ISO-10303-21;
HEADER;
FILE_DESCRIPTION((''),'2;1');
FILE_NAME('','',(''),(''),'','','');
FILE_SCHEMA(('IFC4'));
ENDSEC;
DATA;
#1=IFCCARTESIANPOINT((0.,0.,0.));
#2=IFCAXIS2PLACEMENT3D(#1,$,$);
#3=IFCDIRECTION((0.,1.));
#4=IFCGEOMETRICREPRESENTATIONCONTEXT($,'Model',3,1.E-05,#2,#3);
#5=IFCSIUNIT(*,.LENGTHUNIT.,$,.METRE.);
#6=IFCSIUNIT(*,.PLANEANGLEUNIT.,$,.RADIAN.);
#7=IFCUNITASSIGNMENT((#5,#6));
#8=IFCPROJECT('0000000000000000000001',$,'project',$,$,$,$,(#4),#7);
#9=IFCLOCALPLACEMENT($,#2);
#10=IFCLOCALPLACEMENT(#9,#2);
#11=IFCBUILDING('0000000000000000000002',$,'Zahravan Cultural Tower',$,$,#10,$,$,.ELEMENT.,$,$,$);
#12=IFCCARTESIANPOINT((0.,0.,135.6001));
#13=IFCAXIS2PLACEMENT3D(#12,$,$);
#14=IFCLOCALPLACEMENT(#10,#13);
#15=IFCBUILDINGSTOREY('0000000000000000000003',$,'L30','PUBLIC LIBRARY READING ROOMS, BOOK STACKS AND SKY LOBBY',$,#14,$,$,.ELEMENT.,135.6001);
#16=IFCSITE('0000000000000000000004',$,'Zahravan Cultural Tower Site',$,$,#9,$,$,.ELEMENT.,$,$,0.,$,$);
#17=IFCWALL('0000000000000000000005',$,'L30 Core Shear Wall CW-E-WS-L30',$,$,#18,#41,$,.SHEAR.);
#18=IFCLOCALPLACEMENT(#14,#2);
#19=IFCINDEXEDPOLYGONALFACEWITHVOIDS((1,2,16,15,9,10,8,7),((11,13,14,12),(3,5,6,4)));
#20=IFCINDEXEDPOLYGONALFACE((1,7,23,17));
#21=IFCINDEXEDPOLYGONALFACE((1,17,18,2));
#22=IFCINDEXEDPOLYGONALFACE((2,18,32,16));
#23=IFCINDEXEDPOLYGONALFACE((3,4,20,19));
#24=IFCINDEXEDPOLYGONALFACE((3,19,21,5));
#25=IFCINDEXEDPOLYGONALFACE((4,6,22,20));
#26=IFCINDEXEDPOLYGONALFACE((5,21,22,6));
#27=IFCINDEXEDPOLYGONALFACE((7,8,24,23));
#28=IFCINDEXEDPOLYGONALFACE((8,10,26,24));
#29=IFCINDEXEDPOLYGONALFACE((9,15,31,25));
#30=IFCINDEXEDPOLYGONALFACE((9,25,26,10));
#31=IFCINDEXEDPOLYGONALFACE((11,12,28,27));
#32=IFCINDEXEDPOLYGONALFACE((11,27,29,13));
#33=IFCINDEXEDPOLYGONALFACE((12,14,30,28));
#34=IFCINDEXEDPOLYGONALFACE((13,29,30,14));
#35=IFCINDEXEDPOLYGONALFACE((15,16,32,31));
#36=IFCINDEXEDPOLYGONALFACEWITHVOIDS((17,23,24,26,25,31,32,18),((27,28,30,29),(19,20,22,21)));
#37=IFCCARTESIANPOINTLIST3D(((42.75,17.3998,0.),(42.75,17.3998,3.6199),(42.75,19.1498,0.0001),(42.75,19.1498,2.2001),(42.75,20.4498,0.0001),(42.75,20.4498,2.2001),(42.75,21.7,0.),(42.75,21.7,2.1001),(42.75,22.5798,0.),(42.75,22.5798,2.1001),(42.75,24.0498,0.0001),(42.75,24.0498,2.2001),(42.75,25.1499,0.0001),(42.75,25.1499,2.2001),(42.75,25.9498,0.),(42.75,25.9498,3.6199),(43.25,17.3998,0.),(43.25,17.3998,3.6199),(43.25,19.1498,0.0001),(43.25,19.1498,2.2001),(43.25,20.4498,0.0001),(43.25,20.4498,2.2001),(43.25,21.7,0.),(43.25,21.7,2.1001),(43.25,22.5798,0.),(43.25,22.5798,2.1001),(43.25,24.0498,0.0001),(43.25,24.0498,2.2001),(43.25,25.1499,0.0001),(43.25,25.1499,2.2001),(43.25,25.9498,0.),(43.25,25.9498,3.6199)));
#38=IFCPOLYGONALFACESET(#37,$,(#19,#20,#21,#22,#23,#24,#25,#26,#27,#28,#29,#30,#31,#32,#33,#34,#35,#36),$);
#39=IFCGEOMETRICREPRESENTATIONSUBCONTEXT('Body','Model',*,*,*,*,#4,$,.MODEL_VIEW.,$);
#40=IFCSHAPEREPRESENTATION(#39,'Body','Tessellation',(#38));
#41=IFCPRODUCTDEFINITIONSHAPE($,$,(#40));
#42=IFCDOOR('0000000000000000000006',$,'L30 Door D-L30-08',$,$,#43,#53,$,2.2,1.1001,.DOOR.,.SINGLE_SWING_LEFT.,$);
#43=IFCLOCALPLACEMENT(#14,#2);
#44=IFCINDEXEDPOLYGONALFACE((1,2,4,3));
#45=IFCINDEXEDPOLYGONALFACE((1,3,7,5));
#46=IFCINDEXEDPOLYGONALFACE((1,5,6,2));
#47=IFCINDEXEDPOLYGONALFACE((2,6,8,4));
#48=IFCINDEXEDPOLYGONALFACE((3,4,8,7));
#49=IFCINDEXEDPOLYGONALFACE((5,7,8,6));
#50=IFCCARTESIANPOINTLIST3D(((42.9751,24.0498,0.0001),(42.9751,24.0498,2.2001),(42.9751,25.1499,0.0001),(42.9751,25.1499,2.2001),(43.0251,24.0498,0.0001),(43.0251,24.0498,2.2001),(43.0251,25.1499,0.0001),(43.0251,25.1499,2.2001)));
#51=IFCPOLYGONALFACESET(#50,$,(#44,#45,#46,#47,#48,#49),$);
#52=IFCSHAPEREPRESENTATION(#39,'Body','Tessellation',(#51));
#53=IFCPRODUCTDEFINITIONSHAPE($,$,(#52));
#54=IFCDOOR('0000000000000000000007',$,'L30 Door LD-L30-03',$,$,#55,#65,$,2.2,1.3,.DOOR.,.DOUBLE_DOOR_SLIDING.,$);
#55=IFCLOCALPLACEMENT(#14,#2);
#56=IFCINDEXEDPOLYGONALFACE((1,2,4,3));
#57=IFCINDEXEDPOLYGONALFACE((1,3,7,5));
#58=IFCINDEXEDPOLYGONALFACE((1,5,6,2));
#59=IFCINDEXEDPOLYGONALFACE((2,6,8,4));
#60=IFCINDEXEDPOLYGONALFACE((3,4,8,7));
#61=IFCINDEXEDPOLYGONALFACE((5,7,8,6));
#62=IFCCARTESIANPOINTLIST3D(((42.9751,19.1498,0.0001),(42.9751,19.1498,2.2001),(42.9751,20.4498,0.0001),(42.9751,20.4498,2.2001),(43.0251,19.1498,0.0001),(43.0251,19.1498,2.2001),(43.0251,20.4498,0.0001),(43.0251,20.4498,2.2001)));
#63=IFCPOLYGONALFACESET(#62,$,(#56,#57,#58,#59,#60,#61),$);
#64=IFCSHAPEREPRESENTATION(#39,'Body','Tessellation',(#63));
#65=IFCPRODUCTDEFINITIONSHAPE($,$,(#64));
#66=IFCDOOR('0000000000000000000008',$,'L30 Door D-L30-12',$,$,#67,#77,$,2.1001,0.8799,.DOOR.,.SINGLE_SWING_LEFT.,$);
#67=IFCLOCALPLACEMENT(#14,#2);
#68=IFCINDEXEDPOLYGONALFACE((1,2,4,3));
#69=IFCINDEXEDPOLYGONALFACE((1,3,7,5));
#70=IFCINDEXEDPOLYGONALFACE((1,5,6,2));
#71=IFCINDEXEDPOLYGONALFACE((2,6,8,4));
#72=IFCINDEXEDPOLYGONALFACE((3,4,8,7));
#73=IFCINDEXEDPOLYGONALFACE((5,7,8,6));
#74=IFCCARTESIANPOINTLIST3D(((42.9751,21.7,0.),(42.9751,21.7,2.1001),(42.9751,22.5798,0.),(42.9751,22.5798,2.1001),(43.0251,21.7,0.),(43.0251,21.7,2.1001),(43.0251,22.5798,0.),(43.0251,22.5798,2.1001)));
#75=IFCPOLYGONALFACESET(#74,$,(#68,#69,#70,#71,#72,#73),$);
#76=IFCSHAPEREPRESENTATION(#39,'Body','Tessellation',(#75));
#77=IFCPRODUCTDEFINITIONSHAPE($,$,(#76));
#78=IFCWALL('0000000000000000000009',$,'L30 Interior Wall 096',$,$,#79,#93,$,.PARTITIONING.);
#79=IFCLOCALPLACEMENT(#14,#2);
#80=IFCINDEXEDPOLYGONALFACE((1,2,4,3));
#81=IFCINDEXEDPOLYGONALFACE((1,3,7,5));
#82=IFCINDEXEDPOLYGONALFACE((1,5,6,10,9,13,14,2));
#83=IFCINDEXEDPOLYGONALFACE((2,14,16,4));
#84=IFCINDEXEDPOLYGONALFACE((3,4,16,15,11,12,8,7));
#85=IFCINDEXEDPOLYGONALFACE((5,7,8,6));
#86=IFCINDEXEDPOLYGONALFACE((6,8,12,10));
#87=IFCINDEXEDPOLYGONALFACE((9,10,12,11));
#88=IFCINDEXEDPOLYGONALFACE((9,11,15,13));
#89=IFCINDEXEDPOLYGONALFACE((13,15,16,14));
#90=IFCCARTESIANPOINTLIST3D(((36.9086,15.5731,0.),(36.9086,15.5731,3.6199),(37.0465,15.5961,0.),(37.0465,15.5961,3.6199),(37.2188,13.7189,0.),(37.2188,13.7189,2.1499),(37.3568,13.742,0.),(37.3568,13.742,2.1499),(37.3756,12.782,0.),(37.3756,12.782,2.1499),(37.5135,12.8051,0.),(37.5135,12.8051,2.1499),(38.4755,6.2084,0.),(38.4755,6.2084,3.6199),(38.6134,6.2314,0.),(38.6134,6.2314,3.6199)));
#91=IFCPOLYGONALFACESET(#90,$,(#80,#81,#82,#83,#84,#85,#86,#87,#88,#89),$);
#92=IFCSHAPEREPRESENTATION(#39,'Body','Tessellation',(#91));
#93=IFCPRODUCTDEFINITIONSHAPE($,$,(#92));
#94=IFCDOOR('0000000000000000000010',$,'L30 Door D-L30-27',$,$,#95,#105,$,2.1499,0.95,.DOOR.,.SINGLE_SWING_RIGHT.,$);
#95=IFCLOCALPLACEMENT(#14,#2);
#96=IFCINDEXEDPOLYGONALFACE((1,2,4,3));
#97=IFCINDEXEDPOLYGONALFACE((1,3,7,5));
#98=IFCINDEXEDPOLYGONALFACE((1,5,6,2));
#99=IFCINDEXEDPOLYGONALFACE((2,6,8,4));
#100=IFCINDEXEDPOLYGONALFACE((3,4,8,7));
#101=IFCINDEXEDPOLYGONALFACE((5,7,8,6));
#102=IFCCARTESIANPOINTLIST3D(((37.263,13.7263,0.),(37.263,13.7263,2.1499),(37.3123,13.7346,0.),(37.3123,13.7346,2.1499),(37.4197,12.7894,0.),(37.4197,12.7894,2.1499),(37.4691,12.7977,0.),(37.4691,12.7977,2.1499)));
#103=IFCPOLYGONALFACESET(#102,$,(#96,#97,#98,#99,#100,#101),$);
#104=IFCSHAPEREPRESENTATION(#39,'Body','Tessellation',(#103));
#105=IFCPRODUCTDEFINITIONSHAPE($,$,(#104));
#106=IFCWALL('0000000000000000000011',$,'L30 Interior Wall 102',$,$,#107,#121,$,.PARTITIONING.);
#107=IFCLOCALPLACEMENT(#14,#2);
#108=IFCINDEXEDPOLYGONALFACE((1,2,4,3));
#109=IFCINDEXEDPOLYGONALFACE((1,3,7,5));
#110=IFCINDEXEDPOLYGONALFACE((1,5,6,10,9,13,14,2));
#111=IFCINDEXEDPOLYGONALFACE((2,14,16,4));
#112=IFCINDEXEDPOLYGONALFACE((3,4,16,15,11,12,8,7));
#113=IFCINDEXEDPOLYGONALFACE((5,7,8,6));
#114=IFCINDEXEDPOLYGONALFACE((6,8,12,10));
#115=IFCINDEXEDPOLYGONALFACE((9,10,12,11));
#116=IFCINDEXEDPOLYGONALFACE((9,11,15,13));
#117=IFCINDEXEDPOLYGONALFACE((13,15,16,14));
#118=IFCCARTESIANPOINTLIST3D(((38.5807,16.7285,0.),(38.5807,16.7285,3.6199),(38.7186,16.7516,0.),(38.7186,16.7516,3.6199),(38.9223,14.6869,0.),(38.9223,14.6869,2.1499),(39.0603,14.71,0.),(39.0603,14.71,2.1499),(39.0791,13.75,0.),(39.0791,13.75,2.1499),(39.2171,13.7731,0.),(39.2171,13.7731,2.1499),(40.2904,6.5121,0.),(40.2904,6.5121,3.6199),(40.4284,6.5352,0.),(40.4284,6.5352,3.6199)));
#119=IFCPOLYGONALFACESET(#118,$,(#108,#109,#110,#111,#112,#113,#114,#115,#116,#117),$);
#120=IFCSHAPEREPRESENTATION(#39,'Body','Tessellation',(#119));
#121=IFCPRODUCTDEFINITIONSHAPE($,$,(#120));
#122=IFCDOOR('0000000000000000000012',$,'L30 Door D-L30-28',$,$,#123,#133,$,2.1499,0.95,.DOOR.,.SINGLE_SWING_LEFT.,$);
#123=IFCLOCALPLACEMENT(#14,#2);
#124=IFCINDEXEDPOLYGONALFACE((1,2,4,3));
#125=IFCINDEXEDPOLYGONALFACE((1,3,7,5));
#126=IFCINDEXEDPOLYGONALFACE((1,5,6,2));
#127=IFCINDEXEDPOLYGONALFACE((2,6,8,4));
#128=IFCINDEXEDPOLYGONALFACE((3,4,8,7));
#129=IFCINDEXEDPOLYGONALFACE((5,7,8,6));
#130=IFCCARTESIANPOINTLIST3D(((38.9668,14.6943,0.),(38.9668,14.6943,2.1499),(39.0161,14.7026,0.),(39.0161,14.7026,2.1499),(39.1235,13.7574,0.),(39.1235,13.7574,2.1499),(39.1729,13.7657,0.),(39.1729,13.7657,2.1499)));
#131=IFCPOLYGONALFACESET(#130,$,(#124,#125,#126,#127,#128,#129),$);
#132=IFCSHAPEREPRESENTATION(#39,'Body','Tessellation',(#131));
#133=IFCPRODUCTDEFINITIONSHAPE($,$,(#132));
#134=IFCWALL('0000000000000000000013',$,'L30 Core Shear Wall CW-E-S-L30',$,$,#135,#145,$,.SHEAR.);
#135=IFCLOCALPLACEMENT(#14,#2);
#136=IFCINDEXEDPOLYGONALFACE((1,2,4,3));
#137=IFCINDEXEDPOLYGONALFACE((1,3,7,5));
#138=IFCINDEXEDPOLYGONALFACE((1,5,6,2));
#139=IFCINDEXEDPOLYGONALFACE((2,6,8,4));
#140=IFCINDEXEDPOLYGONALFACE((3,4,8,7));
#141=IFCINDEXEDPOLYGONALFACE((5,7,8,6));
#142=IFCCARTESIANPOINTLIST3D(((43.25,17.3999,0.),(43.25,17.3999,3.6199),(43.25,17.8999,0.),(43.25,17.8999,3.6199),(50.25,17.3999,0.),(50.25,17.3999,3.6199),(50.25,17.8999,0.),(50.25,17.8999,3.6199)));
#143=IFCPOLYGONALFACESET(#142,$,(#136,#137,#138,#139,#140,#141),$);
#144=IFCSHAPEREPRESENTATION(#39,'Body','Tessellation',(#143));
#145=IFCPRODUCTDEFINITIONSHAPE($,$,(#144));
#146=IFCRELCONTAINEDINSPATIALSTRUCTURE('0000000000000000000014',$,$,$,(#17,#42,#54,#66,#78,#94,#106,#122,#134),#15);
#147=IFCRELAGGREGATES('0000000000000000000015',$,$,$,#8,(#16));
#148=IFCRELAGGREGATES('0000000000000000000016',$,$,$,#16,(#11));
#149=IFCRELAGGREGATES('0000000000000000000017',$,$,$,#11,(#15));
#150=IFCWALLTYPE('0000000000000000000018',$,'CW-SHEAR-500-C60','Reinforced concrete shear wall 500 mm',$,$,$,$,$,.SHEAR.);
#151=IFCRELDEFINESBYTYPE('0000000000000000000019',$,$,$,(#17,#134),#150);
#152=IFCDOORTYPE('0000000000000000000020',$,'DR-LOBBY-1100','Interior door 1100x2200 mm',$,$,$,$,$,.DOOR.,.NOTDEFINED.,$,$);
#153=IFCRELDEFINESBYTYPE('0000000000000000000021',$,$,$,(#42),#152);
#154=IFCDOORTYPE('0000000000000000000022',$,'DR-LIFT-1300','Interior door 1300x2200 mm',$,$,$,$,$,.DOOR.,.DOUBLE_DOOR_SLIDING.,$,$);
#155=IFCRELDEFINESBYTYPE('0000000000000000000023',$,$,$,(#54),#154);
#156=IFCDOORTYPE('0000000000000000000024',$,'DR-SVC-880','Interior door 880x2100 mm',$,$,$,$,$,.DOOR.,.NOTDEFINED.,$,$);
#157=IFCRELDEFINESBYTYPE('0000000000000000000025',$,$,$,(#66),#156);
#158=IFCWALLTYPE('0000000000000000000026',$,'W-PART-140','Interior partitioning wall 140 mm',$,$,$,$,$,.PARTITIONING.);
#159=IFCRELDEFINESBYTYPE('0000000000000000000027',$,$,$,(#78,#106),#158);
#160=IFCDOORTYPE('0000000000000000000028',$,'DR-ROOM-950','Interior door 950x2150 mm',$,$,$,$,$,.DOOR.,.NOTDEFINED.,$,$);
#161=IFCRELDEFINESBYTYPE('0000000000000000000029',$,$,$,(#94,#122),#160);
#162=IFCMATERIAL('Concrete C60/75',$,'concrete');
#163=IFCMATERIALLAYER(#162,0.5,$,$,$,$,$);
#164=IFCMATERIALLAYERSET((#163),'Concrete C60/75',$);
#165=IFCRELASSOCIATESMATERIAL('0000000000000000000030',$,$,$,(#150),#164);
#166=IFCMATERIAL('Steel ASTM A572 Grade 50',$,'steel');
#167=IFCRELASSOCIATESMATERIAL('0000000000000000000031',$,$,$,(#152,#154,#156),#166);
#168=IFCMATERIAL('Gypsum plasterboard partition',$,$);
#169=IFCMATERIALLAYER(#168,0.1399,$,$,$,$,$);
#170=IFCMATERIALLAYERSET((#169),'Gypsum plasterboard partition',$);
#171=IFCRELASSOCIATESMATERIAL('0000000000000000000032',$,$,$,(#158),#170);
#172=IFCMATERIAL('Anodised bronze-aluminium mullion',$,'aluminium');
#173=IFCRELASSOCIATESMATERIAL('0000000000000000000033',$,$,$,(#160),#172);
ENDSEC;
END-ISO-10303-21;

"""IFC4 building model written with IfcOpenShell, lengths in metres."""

from ifc_helpers import new_model, si_unit, direction, frame, frame_2d, origin, place, context, subcontext, project, spatial, rectangle, extrude, source, transform, mapped, material, layer, layer_set, type_object, element, fill, save


model = new_model("IFC4")

# Units and contexts
model_context = context("Model", 3, precision=1e-05, world=origin(), true_north=direction((0.0, 1.0)))
body_context = subcontext(model_context, "Body", "Model", "MODEL_VIEW")
ifc_project = project(units=[si_unit("LENGTHUNIT", "METRE"), si_unit("PLANEANGLEUNIT", "RADIAN")], contexts=[model_context])

# Site, building, storey
site_placement = place(None, origin())
site = spatial("IfcSite", under=ifc_project, at=site_placement, Name="Zahravan Cultural Tower Site", CompositionType="ELEMENT", RefElevation=0.0)
building_placement = place(site_placement, origin())
building = spatial("IfcBuilding", under=site, at=building_placement, Name="Zahravan Cultural Tower", CompositionType="ELEMENT")
storey_placement = place(building_placement, frame((0.0, 0.0, 135.6001)))
storey = spatial("IfcBuildingStorey", under=building, at=storey_placement, Name="L30", Description="PUBLIC LIBRARY READING ROOMS, BOOK STACKS AND SKY LOBBY", CompositionType="ELEMENT", Elevation=135.6001)

# Wall, openings, doors
ifc_material_1 = material(Name="Concrete C60/75", Category="concrete")
ifc_layer_1 = layer(ifc_material_1, 0.5)
ifc_layer_set_1 = layer_set([ifc_layer_1], Name="Concrete C60/75")
wall_type_1 = type_object("IfcWallType", Name="CW-SHEAR-500-C60", Description="Reinforced concrete shear wall 500 mm", PredefinedType="SHEAR", material=ifc_layer_set_1)
wall_1_placement = place(storey_placement, frame((43.0, 17.3999, 0.0), z_axis=(0.0, 0.0, 1.0), x_axis=(0.0, 1.0, 0.0)))
wall_1 = element("IfcWall", 1, at=wall_1_placement, inside=storey, type_object=wall_type_1, Name="L30 Core Shear Wall CW-E-WS-L30", PredefinedType="SHEAR", context=body_context, shape_type="SweptSolid", body=[
    extrude(rectangle(XDim=8.55, YDim=0.5, at=frame_2d((4.2749, 0.0))), origin(), (0.0, 0.0, 1.0), 3.6199),
])
opening_1_placement = place(wall_1_placement, frame((6.6499, 0.0, 0.0)))
opening_1 = element("IfcOpeningElement", 2, at=opening_1_placement, cuts=wall_1, PredefinedType="OPENING", context=body_context, shape_type="SweptSolid", body=[
    extrude(rectangle(XDim=1.1001, YDim=2.2, at=frame_2d((0.55, 1.1001))), frame((0.0, 0.26, 0.0), z_axis=(0.0, -1.0, 0.0), x_axis=(1.0, 0.0, 0.0)), (0.0, 0.0, 1.0), 0.52),
])
opening_2_placement = place(wall_1_placement, frame((1.75, 0.0, 0.0)))
opening_2 = element("IfcOpeningElement", 3, at=opening_2_placement, cuts=wall_1, PredefinedType="OPENING", context=body_context, shape_type="SweptSolid", body=[
    extrude(rectangle(XDim=1.3, YDim=2.2, at=frame_2d((0.6499, 1.1001))), frame((0.0, 0.26, 0.0), z_axis=(0.0, -1.0, 0.0), x_axis=(1.0, 0.0, 0.0)), (0.0, 0.0, 1.0), 0.52),
])
opening_3_placement = place(wall_1_placement, frame((4.3, 0.0, 0.0)))
opening_3 = element("IfcOpeningElement", 4, at=opening_3_placement, cuts=wall_1, PredefinedType="OPENING", context=body_context, shape_type="SweptSolid", body=[
    extrude(rectangle(XDim=0.8799, YDim=2.1001, at=frame_2d((0.4399, 1.05))), frame((0.0, 0.26, 0.0), z_axis=(0.0, -1.0, 0.0), x_axis=(1.0, 0.0, 0.0)), (0.0, 0.0, 1.0), 0.52),
])
ifc_material_2 = material(Name="Steel ASTM A572 Grade 50", Category="steel")
door_type_1 = type_object("IfcDoorType", Name="DR-LOBBY-1100", Description="Interior door 1100x2200 mm", OperationType="NOTDEFINED", PredefinedType="DOOR", material=ifc_material_2)
shared_shape_1 = source(origin(), body_context, "Body", "SweptSolid", [
    extrude(rectangle(XDim=1.1001, YDim=2.2, at=frame_2d((0.55, 1.1001))), frame((0.0, 0.0249, 0.0), z_axis=(0.0, -1.0, 0.0), x_axis=(1.0, 0.0, 0.0)), (0.0, 0.0, 1.0), 0.05),
])
door_1_placement = place(opening_1_placement, origin())
door_1 = element("IfcDoor", 5, at=door_1_placement, inside=storey, type_object=door_type_1, Name="L30 Door D-L30-08", OperationType="SINGLE_SWING_LEFT", OverallHeight=2.2, OverallWidth=1.1001, PredefinedType="DOOR", context=body_context, shape_type="MappedRepresentation", body=[
    mapped(shared_shape_1, transform((0.0, 0.0, 0.0), x_axis=(1.0, 0.0, 0.0), y_axis=(0.0, 1.0, 0.0), z_axis=(0.0, 0.0, 1.0), scale=1.0)),
])
fill(opening_1, door_1)
door_type_2 = type_object("IfcDoorType", Name="DR-LIFT-1300", Description="Interior door 1300x2200 mm", OperationType="DOUBLE_DOOR_SLIDING", PredefinedType="DOOR", material=ifc_material_2)
shared_shape_2 = source(origin(), body_context, "Body", "SweptSolid", [
    extrude(rectangle(XDim=1.3, YDim=2.2, at=frame_2d((0.6499, 1.1001))), frame((0.0, 0.0249, 0.0), z_axis=(0.0, -1.0, 0.0), x_axis=(1.0, 0.0, 0.0)), (0.0, 0.0, 1.0), 0.05),
])
door_2_placement = place(opening_2_placement, origin())
door_2 = element("IfcDoor", 6, at=door_2_placement, inside=storey, type_object=door_type_2, Name="L30 Door LD-L30-03", OperationType="DOUBLE_DOOR_SLIDING", OverallHeight=2.2, OverallWidth=1.3, PredefinedType="DOOR", context=body_context, shape_type="MappedRepresentation", body=[
    mapped(shared_shape_2, transform((0.0, 0.0, 0.0), x_axis=(1.0, 0.0, 0.0), y_axis=(0.0, 1.0, 0.0), z_axis=(0.0, 0.0, 1.0), scale=1.0)),
])
fill(opening_2, door_2)
door_type_3 = type_object("IfcDoorType", Name="DR-SVC-880", Description="Interior door 880x2100 mm", OperationType="NOTDEFINED", PredefinedType="DOOR", material=ifc_material_2)
shared_shape_3 = source(origin(), body_context, "Body", "SweptSolid", [
    extrude(rectangle(XDim=0.8799, YDim=2.1001, at=frame_2d((0.4399, 1.05))), frame((0.0, 0.0249, 0.0), z_axis=(0.0, -1.0, 0.0), x_axis=(1.0, 0.0, 0.0)), (0.0, 0.0, 1.0), 0.05),
])
door_3_placement = place(opening_3_placement, origin())
door_3 = element("IfcDoor", 7, at=door_3_placement, inside=storey, type_object=door_type_3, Name="L30 Door D-L30-12", OperationType="SINGLE_SWING_LEFT", OverallHeight=2.1001, OverallWidth=0.8799, PredefinedType="DOOR", context=body_context, shape_type="MappedRepresentation", body=[
    mapped(shared_shape_3, transform((0.0, 0.0, 0.0), x_axis=(1.0, 0.0, 0.0), y_axis=(0.0, 1.0, 0.0), z_axis=(0.0, 0.0, 1.0), scale=1.0)),
])
fill(opening_3, door_3)

# Walls, openings, doors
ifc_material_3 = material(Name="Gypsum plasterboard partition")
ifc_layer_2 = layer(ifc_material_3, 0.1399)
ifc_layer_set_2 = layer_set([ifc_layer_2], Name="Gypsum plasterboard partition")
wall_type_2 = type_object("IfcWallType", Name="W-PART-140", Description="Interior partitioning wall 140 mm", PredefinedType="PARTITIONING", material=ifc_layer_set_2)
wall_2_placement = place(storey_placement, frame((36.9775, 15.5847, 0.0), z_axis=(0.0, 0.0, 1.0), x_axis=(0.165024, -0.986289, 0.0)))
wall_2 = element("IfcWall", 8, at=wall_2_placement, inside=storey, type_object=wall_type_2, Name="L30 Interior Wall 096", PredefinedType="PARTITIONING", context=body_context, shape_type="SweptSolid", body=[
    extrude(rectangle(XDim=9.4949, YDim=0.1399, at=frame_2d((4.7476, 0.0))), origin(), (0.0, 0.0, 1.0), 3.6199),
])
opening_4_placement = place(wall_2_placement, frame((1.8799, 0.0, 0.0)))
opening_4 = element("IfcOpeningElement", 9, at=opening_4_placement, cuts=wall_2, PredefinedType="OPENING", context=body_context, shape_type="SweptSolid", body=[
    extrude(rectangle(XDim=0.95, YDim=2.1499, at=frame_2d((0.4751, 1.075))), frame((0.0, 0.0798, 0.0), z_axis=(0.0, -1.0, 0.0), x_axis=(1.0, 0.0, 0.0)), (0.0, 0.0, 1.0), 0.1599),
])
ifc_material_4 = material(Name="Anodised bronze-aluminium mullion", Category="aluminium")
door_type_4 = type_object("IfcDoorType", Name="DR-ROOM-950", Description="Interior door 950x2150 mm", OperationType="NOTDEFINED", PredefinedType="DOOR", material=ifc_material_4)
shared_shape_4 = source(origin(), body_context, "Body", "SweptSolid", [
    extrude(rectangle(XDim=0.95, YDim=2.1499, at=frame_2d((0.4751, 1.075))), frame((0.0, 0.0249, 0.0), z_axis=(0.0, -1.0, 0.0), x_axis=(1.0, 0.0, 0.0)), (0.0, 0.0, 1.0), 0.05),
])
door_4_placement = place(opening_4_placement, origin())
door_4 = element("IfcDoor", 10, at=door_4_placement, inside=storey, type_object=door_type_4, Name="L30 Door D-L30-27", OperationType="SINGLE_SWING_RIGHT", OverallHeight=2.1499, OverallWidth=0.95, PredefinedType="DOOR", context=body_context, shape_type="MappedRepresentation", body=[
    mapped(shared_shape_4, transform((0.0, 0.0, 0.0), x_axis=(1.0, 0.0, 0.0), y_axis=(0.0, 1.0, 0.0), z_axis=(0.0, 0.0, 1.0), scale=1.0)),
])
fill(opening_4, door_4)
wall_3_placement = place(storey_placement, frame((40.3594, 6.5237, 0.0), z_axis=(0.0, 0.0, 1.0), x_axis=(-0.165056, 0.986284, 0.0)))
wall_3 = element("IfcWall", 11, at=wall_3_placement, inside=storey, type_object=wall_type_2, Name="L30 Interior Wall 102", PredefinedType="PARTITIONING", context=body_context, shape_type="SweptSolid", body=[
    extrude(rectangle(XDim=10.3584, YDim=0.1399, at=frame_2d((5.1792, 0.0))), origin(), (0.0, 0.0, 1.0), 3.6199),
])
opening_5_placement = place(wall_3_placement, frame((7.3384, 0.0, 0.0)))
opening_5 = element("IfcOpeningElement", 12, at=opening_5_placement, cuts=wall_3, PredefinedType="OPENING", context=body_context, shape_type="SweptSolid", body=[
    extrude(rectangle(XDim=0.95, YDim=2.1499, at=frame_2d((0.4751, 1.075))), frame((0.0, 0.0798, 0.0), z_axis=(0.0, -1.0, 0.0), x_axis=(1.0, 0.0, 0.0)), (0.0, 0.0, 1.0), 0.1599),
])
door_5_placement = place(opening_5_placement, origin())
door_5 = element("IfcDoor", 13, at=door_5_placement, inside=storey, type_object=door_type_4, Name="L30 Door D-L30-28", OperationType="SINGLE_SWING_LEFT", OverallHeight=2.1499, OverallWidth=0.95, PredefinedType="DOOR", context=body_context, shape_type="MappedRepresentation", body=[
    mapped(shared_shape_4, transform((0.0, 0.0, 0.0), x_axis=(1.0, 0.0, 0.0), y_axis=(0.0, 1.0, 0.0), z_axis=(0.0, 0.0, 1.0), scale=1.0)),
])
fill(opening_5, door_5)

# Wall
shared_shape_5 = source(origin(), body_context, "Body", "SweptSolid", [
    extrude(rectangle(XDim=7.0, YDim=0.5, at=frame_2d((3.5, 0.0))), origin(), (0.0, 0.0, 1.0), 3.6199),
])
wall_4_placement = place(storey_placement, frame((43.25, 17.6499, 0.0), z_axis=(0.0, 0.0, 1.0), x_axis=(1.0, 0.0, 0.0)))
element("IfcWall", 14, at=wall_4_placement, inside=storey, type_object=wall_type_1, Name="L30 Core Shear Wall CW-E-S-L30", PredefinedType="SHEAR", context=body_context, shape_type="MappedRepresentation", body=[
    mapped(shared_shape_5, transform((0.0, 0.0, 0.0), x_axis=(1.0, 0.0, 0.0), y_axis=(0.0, 1.0, 0.0), z_axis=(0.0, 0.0, 1.0), scale=1.0)),
])

save(model, "model.ifc")
